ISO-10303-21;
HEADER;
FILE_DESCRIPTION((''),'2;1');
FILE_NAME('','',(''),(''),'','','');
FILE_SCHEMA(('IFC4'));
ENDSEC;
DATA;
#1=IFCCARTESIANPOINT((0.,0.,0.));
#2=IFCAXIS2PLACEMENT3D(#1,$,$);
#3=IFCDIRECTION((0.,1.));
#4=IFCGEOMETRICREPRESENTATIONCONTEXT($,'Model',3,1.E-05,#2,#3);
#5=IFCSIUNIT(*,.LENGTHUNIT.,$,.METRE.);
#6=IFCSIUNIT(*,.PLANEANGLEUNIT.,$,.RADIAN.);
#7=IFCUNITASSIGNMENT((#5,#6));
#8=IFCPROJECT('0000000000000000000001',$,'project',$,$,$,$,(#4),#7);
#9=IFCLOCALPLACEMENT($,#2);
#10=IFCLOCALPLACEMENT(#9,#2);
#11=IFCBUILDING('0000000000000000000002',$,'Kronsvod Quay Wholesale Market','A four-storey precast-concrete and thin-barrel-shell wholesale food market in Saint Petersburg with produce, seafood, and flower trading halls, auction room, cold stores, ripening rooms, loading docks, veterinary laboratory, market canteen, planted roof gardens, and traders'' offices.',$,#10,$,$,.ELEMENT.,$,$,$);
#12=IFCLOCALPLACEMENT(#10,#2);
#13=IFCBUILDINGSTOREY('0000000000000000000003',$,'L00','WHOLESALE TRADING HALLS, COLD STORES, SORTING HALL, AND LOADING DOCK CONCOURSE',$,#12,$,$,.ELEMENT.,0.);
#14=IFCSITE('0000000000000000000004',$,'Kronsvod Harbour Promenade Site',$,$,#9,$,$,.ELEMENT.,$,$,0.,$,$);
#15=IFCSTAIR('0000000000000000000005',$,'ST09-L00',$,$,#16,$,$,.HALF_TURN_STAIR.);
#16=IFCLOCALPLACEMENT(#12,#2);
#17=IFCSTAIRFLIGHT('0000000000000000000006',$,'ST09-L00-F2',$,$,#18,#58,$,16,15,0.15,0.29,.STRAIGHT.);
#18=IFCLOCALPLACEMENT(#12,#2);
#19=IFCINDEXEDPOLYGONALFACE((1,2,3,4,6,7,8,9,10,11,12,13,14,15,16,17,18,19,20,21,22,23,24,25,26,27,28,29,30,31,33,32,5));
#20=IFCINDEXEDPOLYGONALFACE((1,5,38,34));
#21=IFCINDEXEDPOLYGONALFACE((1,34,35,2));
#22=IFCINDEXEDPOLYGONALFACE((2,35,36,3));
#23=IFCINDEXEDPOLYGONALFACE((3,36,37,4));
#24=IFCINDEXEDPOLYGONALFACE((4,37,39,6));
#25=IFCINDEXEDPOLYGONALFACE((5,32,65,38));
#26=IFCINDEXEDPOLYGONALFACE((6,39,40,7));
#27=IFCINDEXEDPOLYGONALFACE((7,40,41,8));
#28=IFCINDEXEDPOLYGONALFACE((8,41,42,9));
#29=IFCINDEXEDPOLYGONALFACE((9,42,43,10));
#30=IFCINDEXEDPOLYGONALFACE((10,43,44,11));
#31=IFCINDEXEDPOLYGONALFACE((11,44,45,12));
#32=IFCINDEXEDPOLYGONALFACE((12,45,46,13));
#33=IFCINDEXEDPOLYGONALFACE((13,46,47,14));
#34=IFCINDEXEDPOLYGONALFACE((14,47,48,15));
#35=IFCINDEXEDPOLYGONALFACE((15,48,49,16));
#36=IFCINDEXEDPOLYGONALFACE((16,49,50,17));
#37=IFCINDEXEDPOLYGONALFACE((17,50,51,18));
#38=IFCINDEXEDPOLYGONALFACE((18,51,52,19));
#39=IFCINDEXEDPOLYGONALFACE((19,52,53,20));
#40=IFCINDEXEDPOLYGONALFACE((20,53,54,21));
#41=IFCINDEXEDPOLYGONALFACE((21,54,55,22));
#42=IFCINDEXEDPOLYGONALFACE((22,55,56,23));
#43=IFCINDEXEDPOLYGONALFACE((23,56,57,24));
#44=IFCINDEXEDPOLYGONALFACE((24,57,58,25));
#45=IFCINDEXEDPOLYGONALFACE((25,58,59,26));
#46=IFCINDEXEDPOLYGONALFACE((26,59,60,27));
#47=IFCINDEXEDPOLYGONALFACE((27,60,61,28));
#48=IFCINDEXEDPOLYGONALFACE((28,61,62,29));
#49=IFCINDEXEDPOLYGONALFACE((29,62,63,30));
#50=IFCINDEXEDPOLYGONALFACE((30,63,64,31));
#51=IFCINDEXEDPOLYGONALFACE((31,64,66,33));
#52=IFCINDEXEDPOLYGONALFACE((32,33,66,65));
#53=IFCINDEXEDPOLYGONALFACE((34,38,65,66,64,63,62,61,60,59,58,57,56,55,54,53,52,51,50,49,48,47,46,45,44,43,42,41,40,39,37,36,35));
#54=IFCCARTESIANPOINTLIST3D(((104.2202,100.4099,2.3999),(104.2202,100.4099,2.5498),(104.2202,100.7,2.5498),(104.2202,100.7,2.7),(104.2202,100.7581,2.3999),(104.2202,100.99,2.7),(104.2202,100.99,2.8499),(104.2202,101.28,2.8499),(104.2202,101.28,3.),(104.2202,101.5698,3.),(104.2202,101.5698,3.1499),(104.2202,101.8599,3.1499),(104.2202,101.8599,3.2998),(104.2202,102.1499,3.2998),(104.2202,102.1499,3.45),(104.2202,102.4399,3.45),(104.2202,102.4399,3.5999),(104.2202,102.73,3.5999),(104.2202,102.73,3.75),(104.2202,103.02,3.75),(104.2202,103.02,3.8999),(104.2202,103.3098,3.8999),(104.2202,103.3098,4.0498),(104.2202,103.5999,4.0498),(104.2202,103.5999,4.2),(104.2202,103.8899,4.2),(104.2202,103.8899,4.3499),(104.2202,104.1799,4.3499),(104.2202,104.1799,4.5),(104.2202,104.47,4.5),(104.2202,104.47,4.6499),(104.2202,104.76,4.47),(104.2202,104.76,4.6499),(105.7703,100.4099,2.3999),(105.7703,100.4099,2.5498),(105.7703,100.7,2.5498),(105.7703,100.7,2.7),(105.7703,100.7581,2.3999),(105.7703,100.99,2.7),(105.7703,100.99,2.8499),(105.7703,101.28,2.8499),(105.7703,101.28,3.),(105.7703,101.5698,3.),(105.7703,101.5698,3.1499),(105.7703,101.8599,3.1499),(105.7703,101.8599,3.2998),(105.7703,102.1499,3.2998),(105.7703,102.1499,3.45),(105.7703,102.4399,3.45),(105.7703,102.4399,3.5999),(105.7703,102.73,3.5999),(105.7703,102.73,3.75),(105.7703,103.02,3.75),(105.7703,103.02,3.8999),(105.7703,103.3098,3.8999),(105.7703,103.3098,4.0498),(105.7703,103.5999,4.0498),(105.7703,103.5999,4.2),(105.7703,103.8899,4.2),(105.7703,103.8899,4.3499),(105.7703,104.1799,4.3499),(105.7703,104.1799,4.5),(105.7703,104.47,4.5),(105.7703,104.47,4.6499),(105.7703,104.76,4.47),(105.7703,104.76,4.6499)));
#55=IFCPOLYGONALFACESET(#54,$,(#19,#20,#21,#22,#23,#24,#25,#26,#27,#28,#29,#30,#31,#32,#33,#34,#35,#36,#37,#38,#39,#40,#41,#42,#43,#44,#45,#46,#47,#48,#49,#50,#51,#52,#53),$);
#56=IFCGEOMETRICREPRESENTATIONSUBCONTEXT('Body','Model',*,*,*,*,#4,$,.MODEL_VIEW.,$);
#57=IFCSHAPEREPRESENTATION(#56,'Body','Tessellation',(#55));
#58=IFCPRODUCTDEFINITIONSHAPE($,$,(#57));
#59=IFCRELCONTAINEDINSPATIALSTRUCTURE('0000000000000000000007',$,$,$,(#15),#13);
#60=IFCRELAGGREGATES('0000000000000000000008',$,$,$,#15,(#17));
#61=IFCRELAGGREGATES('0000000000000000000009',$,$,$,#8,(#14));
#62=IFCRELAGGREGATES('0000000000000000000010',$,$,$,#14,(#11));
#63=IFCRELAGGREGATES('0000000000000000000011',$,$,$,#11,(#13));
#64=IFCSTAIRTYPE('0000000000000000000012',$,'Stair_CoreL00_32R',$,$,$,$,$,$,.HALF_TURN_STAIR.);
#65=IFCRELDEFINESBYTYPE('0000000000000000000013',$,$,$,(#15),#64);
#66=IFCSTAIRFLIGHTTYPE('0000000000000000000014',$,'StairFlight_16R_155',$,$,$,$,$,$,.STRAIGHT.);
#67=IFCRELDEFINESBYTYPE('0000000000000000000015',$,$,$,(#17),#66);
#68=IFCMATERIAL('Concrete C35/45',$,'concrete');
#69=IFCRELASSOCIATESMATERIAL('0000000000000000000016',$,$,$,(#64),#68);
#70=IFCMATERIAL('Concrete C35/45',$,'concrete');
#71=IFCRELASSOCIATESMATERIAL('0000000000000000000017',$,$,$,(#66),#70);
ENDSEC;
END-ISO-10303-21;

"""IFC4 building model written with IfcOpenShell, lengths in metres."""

from ifc_helpers import new_model, si_unit, direction, frame, origin, place, context, subcontext, project, spatial, polyline, outline, extrude, material, type_object, element, aggregate, save


model = new_model("IFC4")

# Units and contexts
model_context = context("Model", 3, precision=1e-05, world=origin(), true_north=direction((0.0, 1.0)))
body_context = subcontext(model_context, "Body", "Model", "MODEL_VIEW")
ifc_project = project(units=[si_unit("LENGTHUNIT", "METRE"), si_unit("PLANEANGLEUNIT", "RADIAN")], contexts=[model_context])

# Site, building, storey
site_placement = place(None, origin())
site = spatial("IfcSite", under=ifc_project, at=site_placement, Name="Kronsvod Harbour Promenade Site", CompositionType="ELEMENT", RefElevation=0.0)
building_placement = place(site_placement, origin())
building = spatial("IfcBuilding", under=site, at=building_placement, Name="Kronsvod Quay Wholesale Market", Description="A four-storey precast-concrete and thin-barrel-shell wholesale food market in Saint Petersburg with produce, seafood, and flower trading halls, auction room, cold stores, ripening rooms, loading docks, veterinary laboratory, market canteen, planted roof gardens, and traders' offices.", CompositionType="ELEMENT")
storey_placement = place(building_placement, origin())
storey = spatial("IfcBuildingStorey", under=building, at=storey_placement, Name="L00", Description="WHOLESALE TRADING HALLS, COLD STORES, SORTING HALL, AND LOADING DOCK CONCOURSE", CompositionType="ELEMENT", Elevation=0.0)

# Stair, stair flight
ifc_material_1 = material(Name="Concrete C35/45", Category="concrete")
stair_type = type_object("IfcStairType", Name="Stair_CoreL00_32R", PredefinedType="HALF_TURN_STAIR", material=ifc_material_1)
stair_placement = place(storey_placement, origin())
stair = element("IfcStair", 1, at=stair_placement, inside=storey, type_object=stair_type, Name="ST09-L00", PredefinedType="HALF_TURN_STAIR")
ifc_material_2 = material(Name="Concrete C35/45", Category="concrete")
stair_flight_type = type_object("IfcStairFlightType", Name="StairFlight_16R_155", PredefinedType="STRAIGHT", material=ifc_material_2)
stair_flight_placement = place(storey_placement, frame((104.9951, 100.4099, 2.3999), z_axis=(0.0, 0.0, 1.0), x_axis=(0.0, 1.0, 0.0)))
stair_flight = element("IfcStairFlight", 2, at=stair_flight_placement, type_object=stair_flight_type, Name="ST09-L00-F2", NumberOfRisers=16, NumberOfTreads=15, PredefinedType="STRAIGHT", RiserHeight=0.15, TreadLength=0.29, context=body_context, shape_type="SweptSolid", body=[
    extrude(outline(polyline([(0.0, 0.0), (0.0, 0.1499), (0.29, 0.1499), (0.29, 0.3), (0.5801, 0.3), (0.5801, 0.45), (0.8701, 0.45), (0.8701, 0.6001), (1.1599, 0.6001), (1.1599, 0.75), (1.45, 0.75), (1.45, 0.8999), (1.74, 0.8999), (1.74, 1.05), (2.03, 1.05), (2.03, 1.2), (2.3201, 1.2), (2.3201, 1.3501), (2.6101, 1.3501), (2.6101, 1.5), (2.8999, 1.5), (2.8999, 1.6499), (3.1899, 1.6499), (3.1899, 1.8), (3.48, 1.8), (3.48, 1.95), (3.77, 1.95), (3.77, 2.1001), (4.0601, 2.1001), (4.0601, 2.25), (4.3501, 2.25), (4.3501, 2.3999), (4.3501, 2.0701), (0.3481, 0.0), (0.0, 0.0)])), frame((0.0, 0.7749, 0.0), z_axis=(0.0, -1.0, 0.0), x_axis=(1.0, 0.0, 0.0)), (0.0, 0.0, 1.0), 1.55),
])
aggregate(stair, [stair_flight])

save(model, "model.ifc")
